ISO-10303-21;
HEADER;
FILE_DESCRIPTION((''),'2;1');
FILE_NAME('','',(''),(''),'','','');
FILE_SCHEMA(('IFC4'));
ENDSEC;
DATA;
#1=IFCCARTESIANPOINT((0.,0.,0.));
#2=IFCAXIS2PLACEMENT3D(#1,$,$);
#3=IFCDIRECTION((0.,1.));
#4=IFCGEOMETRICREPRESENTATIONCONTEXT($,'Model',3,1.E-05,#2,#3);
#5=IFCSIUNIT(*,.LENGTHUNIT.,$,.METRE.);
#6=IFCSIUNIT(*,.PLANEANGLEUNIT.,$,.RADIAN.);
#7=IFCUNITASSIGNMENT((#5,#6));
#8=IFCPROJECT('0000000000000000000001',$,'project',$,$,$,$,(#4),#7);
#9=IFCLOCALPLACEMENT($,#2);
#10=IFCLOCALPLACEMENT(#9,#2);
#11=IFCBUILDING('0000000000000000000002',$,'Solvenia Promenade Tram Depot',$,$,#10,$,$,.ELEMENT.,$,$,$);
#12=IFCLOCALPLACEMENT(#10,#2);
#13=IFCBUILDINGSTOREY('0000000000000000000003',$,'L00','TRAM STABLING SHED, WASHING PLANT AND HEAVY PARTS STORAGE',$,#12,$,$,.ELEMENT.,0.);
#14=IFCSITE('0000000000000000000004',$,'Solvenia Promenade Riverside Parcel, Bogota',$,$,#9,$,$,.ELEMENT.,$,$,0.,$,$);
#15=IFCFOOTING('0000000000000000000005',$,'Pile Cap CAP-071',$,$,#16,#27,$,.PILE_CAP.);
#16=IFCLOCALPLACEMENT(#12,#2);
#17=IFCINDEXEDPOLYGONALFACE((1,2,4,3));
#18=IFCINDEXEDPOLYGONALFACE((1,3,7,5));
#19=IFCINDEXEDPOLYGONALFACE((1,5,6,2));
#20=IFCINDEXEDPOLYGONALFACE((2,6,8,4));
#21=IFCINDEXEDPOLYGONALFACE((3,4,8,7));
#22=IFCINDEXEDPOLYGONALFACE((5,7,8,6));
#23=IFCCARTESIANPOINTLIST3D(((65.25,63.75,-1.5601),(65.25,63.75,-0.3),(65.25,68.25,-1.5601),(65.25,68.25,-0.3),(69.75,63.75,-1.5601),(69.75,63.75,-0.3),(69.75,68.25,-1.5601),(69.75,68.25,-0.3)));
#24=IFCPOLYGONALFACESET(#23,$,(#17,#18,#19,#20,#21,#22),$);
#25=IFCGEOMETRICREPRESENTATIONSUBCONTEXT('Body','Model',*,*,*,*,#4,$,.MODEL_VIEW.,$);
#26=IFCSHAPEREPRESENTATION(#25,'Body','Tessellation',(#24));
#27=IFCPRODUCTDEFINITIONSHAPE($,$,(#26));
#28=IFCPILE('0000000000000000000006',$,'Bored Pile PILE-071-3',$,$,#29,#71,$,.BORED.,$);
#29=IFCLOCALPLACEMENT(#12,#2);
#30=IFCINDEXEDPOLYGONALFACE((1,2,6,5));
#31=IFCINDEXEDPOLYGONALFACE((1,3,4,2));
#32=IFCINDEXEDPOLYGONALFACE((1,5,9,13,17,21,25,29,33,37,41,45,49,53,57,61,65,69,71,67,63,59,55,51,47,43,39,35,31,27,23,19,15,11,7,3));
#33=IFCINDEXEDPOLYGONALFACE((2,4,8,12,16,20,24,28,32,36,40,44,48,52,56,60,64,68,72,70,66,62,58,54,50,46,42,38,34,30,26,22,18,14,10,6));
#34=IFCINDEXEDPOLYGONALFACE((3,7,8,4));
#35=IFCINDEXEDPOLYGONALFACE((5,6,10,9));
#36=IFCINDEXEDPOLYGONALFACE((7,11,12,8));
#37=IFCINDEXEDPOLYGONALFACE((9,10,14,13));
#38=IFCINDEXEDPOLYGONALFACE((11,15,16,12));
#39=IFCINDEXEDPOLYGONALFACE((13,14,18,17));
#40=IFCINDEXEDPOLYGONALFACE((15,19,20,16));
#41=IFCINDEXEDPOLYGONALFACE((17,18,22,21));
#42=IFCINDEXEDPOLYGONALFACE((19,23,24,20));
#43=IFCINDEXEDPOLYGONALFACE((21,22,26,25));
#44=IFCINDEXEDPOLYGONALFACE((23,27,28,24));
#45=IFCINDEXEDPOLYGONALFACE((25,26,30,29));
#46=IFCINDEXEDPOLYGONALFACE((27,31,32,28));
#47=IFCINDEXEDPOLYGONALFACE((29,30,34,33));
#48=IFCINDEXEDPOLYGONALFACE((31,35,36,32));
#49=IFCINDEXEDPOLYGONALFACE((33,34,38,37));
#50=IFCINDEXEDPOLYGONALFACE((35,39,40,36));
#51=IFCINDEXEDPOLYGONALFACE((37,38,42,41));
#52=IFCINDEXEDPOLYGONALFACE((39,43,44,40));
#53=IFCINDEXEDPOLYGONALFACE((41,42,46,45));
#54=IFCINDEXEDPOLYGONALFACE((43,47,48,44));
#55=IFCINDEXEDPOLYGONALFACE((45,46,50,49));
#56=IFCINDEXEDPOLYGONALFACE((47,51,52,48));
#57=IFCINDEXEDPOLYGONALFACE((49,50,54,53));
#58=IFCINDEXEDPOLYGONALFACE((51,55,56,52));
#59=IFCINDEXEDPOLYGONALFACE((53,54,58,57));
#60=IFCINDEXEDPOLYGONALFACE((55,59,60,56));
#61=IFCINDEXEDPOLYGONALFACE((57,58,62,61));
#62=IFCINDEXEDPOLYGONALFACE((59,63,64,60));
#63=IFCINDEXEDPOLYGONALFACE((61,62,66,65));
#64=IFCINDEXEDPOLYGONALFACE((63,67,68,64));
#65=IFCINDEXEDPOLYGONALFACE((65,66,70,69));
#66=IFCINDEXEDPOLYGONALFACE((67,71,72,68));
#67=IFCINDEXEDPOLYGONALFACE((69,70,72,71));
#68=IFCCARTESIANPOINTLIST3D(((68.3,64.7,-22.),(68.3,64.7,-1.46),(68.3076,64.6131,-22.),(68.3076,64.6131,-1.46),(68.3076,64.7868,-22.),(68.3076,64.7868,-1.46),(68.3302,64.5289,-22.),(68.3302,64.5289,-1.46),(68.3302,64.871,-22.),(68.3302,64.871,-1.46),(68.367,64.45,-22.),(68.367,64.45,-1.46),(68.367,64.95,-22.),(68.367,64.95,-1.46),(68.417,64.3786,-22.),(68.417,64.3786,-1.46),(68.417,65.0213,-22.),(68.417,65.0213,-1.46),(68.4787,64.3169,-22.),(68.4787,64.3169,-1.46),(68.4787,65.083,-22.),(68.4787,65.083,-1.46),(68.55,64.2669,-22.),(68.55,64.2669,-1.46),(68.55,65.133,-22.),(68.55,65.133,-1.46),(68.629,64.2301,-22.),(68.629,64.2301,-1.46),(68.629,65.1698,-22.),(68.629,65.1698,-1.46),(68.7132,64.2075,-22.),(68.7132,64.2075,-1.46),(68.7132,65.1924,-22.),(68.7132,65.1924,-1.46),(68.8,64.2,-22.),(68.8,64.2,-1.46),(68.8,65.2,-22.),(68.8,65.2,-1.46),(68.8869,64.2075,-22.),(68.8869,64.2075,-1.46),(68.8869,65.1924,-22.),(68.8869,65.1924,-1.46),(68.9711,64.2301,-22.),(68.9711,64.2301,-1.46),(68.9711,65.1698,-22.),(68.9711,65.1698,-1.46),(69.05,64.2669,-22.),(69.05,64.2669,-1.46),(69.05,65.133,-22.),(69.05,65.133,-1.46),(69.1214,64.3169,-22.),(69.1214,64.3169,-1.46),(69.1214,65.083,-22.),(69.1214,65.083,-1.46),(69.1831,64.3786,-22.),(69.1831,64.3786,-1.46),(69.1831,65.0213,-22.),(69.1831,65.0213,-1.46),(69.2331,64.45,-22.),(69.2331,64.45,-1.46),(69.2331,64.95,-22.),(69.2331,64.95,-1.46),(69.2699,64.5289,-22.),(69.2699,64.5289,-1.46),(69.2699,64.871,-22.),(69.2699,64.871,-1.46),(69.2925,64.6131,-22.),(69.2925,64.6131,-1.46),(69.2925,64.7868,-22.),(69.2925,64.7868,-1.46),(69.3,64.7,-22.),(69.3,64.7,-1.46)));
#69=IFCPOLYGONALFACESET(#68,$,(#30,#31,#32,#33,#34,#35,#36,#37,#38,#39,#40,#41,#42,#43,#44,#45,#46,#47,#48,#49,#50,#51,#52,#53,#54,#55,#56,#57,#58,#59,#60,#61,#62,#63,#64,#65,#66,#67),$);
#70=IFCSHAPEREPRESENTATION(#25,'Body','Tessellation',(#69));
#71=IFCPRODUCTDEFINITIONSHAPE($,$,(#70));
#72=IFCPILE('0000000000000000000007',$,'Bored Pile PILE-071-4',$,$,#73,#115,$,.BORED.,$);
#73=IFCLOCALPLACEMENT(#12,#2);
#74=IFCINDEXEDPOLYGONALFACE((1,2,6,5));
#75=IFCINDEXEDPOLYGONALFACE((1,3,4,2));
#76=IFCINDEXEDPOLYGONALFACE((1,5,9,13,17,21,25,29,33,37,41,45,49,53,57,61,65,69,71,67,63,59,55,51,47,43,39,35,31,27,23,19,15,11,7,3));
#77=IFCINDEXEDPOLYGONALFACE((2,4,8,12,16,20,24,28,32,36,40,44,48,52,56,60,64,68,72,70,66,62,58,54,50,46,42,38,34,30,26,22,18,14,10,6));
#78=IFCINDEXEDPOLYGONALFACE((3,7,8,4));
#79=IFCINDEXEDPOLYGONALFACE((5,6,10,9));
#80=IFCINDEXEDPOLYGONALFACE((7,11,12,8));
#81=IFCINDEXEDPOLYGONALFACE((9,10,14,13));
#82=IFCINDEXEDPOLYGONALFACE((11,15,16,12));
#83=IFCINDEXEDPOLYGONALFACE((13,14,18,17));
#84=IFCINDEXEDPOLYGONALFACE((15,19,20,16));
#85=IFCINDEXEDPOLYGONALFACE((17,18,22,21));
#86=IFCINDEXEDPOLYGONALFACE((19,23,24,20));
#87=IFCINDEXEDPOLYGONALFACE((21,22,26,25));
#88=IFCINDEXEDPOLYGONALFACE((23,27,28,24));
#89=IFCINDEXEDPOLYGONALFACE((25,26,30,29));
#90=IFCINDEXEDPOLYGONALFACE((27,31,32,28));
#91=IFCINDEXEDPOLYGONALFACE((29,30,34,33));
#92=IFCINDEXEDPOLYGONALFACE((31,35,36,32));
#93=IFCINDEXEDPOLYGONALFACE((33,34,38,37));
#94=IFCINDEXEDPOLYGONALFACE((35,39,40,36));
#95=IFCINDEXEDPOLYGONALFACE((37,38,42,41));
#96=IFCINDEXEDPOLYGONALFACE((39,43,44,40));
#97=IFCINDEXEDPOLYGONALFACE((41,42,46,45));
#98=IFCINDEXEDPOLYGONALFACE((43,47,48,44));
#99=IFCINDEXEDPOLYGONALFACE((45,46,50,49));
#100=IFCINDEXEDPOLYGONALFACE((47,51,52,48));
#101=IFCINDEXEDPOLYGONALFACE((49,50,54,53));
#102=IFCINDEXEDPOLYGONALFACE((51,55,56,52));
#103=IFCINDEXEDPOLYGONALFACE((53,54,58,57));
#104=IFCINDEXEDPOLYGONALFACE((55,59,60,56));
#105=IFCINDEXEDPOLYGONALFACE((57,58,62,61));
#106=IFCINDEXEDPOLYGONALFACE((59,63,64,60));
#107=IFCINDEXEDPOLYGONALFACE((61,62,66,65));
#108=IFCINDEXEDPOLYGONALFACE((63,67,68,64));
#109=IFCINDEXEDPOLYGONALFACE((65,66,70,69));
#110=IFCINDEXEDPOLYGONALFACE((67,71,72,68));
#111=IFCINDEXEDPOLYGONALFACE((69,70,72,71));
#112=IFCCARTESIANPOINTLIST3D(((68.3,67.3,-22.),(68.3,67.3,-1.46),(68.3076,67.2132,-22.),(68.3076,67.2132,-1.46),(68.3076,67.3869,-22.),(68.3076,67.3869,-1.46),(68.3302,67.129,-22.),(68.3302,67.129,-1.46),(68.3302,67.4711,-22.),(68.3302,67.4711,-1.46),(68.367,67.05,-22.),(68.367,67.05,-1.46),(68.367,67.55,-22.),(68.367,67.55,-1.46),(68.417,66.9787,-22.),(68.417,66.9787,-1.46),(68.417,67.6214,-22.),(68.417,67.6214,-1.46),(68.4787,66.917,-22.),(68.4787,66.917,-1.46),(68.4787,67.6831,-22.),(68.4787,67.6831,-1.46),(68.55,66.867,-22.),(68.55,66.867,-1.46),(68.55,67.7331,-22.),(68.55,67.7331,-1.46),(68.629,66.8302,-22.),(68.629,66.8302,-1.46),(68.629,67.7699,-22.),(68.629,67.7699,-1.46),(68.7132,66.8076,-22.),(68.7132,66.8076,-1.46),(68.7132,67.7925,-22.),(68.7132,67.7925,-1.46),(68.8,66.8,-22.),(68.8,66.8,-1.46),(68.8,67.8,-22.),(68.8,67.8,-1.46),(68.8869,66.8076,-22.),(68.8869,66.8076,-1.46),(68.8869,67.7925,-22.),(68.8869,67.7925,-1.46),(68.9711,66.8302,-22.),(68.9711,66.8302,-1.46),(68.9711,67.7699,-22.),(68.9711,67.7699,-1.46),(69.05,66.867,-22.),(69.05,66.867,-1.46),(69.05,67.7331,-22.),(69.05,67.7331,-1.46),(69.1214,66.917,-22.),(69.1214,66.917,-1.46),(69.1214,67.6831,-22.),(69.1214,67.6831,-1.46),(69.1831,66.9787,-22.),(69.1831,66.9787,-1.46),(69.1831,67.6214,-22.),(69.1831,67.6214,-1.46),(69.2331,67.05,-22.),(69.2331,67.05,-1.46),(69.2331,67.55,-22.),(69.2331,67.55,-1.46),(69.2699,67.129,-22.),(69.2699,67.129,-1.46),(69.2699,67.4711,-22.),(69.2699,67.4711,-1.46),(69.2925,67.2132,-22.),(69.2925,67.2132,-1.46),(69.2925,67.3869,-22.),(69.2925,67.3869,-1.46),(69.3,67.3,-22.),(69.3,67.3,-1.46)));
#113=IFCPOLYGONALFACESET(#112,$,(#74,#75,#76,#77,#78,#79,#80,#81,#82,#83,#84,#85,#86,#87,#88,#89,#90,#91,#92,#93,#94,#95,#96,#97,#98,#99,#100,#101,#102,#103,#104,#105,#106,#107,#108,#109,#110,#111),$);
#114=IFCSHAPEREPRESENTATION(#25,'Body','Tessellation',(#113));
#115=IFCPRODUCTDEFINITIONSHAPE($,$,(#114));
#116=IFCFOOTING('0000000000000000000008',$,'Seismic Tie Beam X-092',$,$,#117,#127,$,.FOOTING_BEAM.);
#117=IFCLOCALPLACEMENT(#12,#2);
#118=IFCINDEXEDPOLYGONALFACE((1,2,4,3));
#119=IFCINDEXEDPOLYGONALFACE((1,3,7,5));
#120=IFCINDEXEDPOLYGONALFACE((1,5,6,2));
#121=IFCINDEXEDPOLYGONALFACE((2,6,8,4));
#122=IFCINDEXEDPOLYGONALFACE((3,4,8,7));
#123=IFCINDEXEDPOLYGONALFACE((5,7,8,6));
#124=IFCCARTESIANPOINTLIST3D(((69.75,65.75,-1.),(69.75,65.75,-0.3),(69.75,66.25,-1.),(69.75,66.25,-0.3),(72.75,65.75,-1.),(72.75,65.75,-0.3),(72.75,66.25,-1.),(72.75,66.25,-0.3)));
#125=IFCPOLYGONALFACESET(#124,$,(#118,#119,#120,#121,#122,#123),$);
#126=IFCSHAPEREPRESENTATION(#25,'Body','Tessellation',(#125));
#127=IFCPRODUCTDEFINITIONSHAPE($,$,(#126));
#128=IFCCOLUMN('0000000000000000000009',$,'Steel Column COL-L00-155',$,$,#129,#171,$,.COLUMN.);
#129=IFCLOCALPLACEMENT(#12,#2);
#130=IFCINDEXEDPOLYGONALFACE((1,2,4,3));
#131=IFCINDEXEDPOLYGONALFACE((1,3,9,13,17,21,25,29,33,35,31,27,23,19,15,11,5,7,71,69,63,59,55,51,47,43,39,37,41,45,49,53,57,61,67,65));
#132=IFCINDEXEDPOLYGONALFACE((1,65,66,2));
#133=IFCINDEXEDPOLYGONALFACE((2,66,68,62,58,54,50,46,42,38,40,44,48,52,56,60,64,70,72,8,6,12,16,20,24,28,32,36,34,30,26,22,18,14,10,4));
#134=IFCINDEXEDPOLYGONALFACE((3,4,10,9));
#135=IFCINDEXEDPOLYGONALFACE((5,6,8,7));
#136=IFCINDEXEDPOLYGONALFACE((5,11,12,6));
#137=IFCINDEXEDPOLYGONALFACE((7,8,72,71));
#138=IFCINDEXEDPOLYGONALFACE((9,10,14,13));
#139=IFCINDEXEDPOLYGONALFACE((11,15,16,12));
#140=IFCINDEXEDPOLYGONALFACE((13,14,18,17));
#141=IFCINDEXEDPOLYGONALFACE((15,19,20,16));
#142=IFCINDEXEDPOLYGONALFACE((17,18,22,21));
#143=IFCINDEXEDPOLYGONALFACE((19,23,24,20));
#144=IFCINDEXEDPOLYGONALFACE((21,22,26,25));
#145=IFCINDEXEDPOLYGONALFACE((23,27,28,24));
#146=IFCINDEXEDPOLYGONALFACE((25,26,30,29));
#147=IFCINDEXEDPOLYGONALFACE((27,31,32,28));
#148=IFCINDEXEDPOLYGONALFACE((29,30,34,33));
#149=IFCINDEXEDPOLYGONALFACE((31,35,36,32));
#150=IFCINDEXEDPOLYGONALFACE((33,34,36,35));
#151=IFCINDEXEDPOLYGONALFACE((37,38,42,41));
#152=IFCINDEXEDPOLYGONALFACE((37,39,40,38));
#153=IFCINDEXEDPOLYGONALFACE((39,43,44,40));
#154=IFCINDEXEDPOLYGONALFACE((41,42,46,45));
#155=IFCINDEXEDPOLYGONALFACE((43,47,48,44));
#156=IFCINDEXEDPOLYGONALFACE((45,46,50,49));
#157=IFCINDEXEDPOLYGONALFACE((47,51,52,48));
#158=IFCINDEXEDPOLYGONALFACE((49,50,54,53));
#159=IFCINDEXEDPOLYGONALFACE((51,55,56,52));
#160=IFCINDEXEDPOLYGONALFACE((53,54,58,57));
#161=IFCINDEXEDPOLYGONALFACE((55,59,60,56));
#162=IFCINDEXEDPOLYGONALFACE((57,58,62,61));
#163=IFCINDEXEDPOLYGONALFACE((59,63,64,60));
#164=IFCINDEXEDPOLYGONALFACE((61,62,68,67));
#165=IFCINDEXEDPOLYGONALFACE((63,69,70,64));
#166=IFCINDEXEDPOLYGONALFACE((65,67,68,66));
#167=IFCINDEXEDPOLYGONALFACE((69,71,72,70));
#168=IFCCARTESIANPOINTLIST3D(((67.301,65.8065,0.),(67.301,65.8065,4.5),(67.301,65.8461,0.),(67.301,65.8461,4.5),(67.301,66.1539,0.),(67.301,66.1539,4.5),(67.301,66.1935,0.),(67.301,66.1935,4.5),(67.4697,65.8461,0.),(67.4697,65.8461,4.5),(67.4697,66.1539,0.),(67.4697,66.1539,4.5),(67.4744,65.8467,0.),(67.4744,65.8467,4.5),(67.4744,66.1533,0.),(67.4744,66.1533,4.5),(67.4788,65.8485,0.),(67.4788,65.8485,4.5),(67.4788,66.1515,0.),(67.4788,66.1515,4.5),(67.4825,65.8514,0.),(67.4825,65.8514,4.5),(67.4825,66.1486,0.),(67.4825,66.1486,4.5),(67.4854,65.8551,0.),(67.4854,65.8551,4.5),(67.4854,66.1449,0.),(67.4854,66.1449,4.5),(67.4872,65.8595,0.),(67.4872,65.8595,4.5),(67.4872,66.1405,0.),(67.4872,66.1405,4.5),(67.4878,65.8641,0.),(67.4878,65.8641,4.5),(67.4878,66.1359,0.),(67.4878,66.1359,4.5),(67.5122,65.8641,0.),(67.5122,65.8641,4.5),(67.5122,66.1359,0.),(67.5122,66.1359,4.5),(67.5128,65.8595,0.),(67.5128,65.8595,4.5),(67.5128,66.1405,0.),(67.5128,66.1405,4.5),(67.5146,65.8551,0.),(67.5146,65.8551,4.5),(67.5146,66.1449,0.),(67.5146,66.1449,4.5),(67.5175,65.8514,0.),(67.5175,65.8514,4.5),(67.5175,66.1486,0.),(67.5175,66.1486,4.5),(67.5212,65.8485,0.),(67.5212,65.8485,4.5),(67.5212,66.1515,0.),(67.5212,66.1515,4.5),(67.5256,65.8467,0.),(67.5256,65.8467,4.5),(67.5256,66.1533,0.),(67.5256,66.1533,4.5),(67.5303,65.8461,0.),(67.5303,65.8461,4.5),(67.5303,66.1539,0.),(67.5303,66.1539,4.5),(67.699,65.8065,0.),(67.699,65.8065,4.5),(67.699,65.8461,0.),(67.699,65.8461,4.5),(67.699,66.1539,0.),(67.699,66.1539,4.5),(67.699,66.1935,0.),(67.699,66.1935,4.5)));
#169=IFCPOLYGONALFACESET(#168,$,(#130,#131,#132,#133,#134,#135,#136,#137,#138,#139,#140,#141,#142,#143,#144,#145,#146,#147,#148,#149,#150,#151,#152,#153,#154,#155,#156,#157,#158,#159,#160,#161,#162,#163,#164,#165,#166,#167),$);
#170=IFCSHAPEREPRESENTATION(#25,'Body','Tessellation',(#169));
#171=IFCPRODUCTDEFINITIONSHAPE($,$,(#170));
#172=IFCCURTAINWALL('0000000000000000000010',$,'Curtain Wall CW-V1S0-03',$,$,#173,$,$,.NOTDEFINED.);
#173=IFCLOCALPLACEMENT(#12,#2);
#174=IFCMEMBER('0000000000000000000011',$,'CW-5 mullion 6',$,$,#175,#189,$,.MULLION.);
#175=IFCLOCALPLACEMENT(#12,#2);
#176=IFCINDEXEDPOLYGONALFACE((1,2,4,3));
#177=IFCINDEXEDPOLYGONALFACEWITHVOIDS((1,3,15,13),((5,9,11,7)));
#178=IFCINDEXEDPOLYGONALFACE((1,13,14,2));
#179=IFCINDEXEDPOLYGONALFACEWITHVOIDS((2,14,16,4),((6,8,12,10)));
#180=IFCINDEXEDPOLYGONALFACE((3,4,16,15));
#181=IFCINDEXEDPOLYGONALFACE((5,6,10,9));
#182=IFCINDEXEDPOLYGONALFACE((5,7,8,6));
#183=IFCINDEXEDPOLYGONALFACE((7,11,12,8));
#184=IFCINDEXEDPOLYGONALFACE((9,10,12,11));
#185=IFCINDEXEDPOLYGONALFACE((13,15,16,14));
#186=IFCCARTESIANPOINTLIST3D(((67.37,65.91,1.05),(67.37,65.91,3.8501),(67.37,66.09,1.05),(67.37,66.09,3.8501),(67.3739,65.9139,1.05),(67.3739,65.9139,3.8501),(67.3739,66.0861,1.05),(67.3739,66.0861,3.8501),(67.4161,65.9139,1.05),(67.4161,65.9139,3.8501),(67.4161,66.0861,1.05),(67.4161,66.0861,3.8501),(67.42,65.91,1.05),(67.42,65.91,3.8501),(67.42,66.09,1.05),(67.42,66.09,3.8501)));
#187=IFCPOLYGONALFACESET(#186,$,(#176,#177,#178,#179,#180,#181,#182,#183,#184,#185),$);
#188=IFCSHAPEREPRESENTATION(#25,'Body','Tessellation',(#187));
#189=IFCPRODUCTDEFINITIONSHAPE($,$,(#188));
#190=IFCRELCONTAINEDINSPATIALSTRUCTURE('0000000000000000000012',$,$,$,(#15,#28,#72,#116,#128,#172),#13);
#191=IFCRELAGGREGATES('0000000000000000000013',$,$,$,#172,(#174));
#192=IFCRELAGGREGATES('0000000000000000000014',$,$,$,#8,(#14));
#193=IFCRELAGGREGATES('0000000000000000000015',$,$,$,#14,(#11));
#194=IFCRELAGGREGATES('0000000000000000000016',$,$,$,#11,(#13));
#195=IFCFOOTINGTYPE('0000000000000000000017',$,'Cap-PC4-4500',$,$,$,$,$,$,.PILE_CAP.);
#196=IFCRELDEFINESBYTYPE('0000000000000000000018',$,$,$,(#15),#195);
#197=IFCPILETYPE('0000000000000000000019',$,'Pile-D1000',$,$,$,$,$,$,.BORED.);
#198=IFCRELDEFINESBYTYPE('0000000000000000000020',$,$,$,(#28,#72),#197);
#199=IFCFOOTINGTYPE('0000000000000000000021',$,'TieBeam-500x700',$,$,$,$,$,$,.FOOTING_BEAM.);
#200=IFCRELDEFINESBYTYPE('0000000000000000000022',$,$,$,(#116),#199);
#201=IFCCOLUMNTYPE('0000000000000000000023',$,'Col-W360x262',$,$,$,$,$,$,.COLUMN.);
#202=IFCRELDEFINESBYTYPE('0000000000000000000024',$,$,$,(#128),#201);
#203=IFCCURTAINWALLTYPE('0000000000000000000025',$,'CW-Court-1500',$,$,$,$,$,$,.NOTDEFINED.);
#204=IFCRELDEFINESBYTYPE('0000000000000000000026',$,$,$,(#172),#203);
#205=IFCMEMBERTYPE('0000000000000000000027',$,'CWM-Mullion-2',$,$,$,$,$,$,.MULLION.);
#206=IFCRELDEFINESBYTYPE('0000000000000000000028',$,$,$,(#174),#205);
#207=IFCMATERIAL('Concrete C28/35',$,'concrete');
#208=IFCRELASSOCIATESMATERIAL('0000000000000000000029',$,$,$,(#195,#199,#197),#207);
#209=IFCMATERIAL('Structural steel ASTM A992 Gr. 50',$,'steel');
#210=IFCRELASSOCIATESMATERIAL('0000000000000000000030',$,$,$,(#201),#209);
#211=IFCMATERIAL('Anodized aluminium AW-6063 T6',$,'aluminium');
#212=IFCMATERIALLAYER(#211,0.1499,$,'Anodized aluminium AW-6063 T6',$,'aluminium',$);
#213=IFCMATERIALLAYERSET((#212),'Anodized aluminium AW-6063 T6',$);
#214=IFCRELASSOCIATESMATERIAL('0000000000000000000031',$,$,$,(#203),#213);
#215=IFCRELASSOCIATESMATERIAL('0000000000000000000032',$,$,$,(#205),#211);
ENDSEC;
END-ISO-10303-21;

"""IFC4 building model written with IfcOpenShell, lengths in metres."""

from ifc_helpers import new_model, si_unit, direction, frame, origin, origin_2d, place, context, subcontext, project, spatial, rectangle, hollow_rectangle, circle, i_section, extrude, material, layer, layer_set, material_profile, profile_set, type_object, element, aggregate, save


model = new_model("IFC4")

# Units and contexts
model_context = context("Model", 3, precision=1e-05, world=origin(), true_north=direction((0.0, 1.0)))
body_context = subcontext(model_context, "Body", "Model", "MODEL_VIEW")
ifc_project = project(units=[si_unit("LENGTHUNIT", "METRE"), si_unit("PLANEANGLEUNIT", "RADIAN")], contexts=[model_context])

# Site, building, storey
site_placement = place(None, origin())
site = spatial("IfcSite", under=ifc_project, at=site_placement, Name="Solvenia Promenade Riverside Parcel, Bogota", CompositionType="ELEMENT", RefElevation=0.0)
building_placement = place(site_placement, origin())
building = spatial("IfcBuilding", under=site, at=building_placement, Name="Solvenia Promenade Tram Depot", CompositionType="ELEMENT")
storey_placement = place(building_placement, origin())
storey = spatial("IfcBuildingStorey", under=building, at=storey_placement, Name="L00", Description="TRAM STABLING SHED, WASHING PLANT AND HEAVY PARTS STORAGE", CompositionType="ELEMENT", Elevation=0.0)

# Footing
ifc_material_1 = material(Name="Concrete C28/35", Category="concrete")
footing_type_1 = type_object("IfcFootingType", Name="Cap-PC4-4500", PredefinedType="PILE_CAP", material=ifc_material_1)
footing_1_placement = place(storey_placement, frame((67.5, 66.0, -1.5601), z_axis=(0.0, 0.0, 1.0), x_axis=(1.0, 0.0, 0.0)))
element("IfcFooting", 1, at=footing_1_placement, inside=storey, type_object=footing_type_1, Name="Pile Cap CAP-071", PredefinedType="PILE_CAP", context=body_context, shape_type="SweptSolid", body=[
    extrude(rectangle(XDim=4.5, YDim=4.5, at=origin_2d()), origin(), (0.0, 0.0, 1.0), 1.26),
])

# Piles
ifc_material_profile_1 = material_profile(ifc_material_1, circle(Radius=0.5, at=origin_2d()), Name="D1000", Category="concrete")
ifc_profile_set_1 = profile_set([ifc_material_profile_1], Name="Concrete C28/35")
pile_type = type_object("IfcPileType", Name="Pile-D1000", PredefinedType="BORED", material=ifc_profile_set_1)
for number, where, z_axis, x_axis, name in (
    (2, (68.8, 64.7, -1.46), (0.0, 0.0, -1.0), (1.0, 0.0, 0.0), "Bored Pile PILE-071-3"),
    (3, (68.8, 67.3, -1.46), (0.0, 0.0, -1.0), (1.0, 0.0, 0.0), "Bored Pile PILE-071-4"),
):
    element("IfcPile", number, at=place(storey_placement, frame(where, z_axis=z_axis, x_axis=x_axis)), inside=storey, type_object=pile_type, Name=name, PredefinedType="BORED", context=body_context, shape_type="SweptSolid", body=[
        extrude(circle(Radius=0.5, at=origin_2d()), origin(), (0.0, 0.0, 1.0), 20.54),
    ])

# Footing
footing_type_2 = type_object("IfcFootingType", Name="TieBeam-500x700", PredefinedType="FOOTING_BEAM", material=ifc_material_1)
footing_2_placement = place(storey_placement, frame((71.25, 66.0, -1.0), z_axis=(0.0, 0.0, 1.0), x_axis=(1.0, 0.0, 0.0)))
element("IfcFooting", 4, at=footing_2_placement, inside=storey, type_object=footing_type_2, Name="Seismic Tie Beam X-092", PredefinedType="FOOTING_BEAM", context=body_context, shape_type="SweptSolid", body=[
    extrude(rectangle(XDim=3.0, YDim=0.5, at=origin_2d()), origin(), (0.0, 0.0, 1.0), 0.7),
])

# Column
ifc_material_2 = material(Name="Structural steel ASTM A992 Gr. 50", Category="steel")
ifc_material_profile_2 = material_profile(ifc_material_2, i_section(OverallWidth=0.3979, OverallDepth=0.387, WebThickness=0.0244, FlangeThickness=0.0396, FilletRadius=0.0181, at=origin_2d()), Name="W360x262", Category="steel")
ifc_profile_set_2 = profile_set([ifc_material_profile_2], Name="Structural steel ASTM A992 Gr. 50")
column_type = type_object("IfcColumnType", Name="Col-W360x262", PredefinedType="COLUMN", material=ifc_profile_set_2)
column_placement = place(storey_placement, frame((67.5, 66.0, 0.0), z_axis=(0.0, 0.0, 1.0), x_axis=(1.0, 0.0, 0.0)))
element("IfcColumn", 5, at=column_placement, inside=storey, type_object=column_type, Name="Steel Column COL-L00-155", PredefinedType="COLUMN", context=body_context, shape_type="SweptSolid", body=[
    extrude(i_section(OverallWidth=0.3979, OverallDepth=0.387, WebThickness=0.0244, FlangeThickness=0.0396, FilletRadius=0.0181, at=origin_2d()), origin(), (0.0, 0.0, 1.0), 4.5),
])

# Curtain wall, member
ifc_material_3 = material(Name="Anodized aluminium AW-6063 T6", Category="aluminium")
ifc_layer_1 = layer(ifc_material_3, 0.1499, Name="Anodized aluminium AW-6063 T6", Category="aluminium")
ifc_layer_set_1 = layer_set([ifc_layer_1], Name="Anodized aluminium AW-6063 T6")
curtain_wall_type = type_object("IfcCurtainWallType", Name="CW-Court-1500", PredefinedType="NOTDEFINED", material=ifc_layer_set_1)
curtain_wall_1_placement = place(storey_placement, origin())
curtain_wall_1 = element("IfcCurtainWall", 6, at=curtain_wall_1_placement, inside=storey, type_object=curtain_wall_type, Name="Curtain Wall CW-V1S0-03", PredefinedType="NOTDEFINED")
ifc_material_profile_3 = material_profile(ifc_material_3, hollow_rectangle(XDim=0.1799, YDim=0.05, WallThickness=0.0039, at=origin_2d()), Name="ALU-M2", Category="aluminium")
ifc_profile_set_3 = profile_set([ifc_material_profile_3], Name="Anodized aluminium AW-6063 T6")
member_type_1 = type_object("IfcMemberType", Name="CWM-Mullion-2", PredefinedType="MULLION", material=ifc_profile_set_3)
member_1_placement = place(storey_placement, frame((67.395, 66.0, 1.05), z_axis=(0.0, 0.0, 1.0), x_axis=(0.0, 1.0, 0.0)))
member_1 = element("IfcMember", 7, at=member_1_placement, type_object=member_type_1, Name="CW-5 mullion 6", PredefinedType="MULLION", context=body_context, shape_type="SweptSolid", body=[
    extrude(hollow_rectangle(XDim=0.1799, YDim=0.05, WallThickness=0.0039, at=origin_2d()), origin(), (0.0, 0.0, 1.0), 2.8),
])

aggregate(curtain_wall_1, [member_1])

save(model, "model.ifc")
